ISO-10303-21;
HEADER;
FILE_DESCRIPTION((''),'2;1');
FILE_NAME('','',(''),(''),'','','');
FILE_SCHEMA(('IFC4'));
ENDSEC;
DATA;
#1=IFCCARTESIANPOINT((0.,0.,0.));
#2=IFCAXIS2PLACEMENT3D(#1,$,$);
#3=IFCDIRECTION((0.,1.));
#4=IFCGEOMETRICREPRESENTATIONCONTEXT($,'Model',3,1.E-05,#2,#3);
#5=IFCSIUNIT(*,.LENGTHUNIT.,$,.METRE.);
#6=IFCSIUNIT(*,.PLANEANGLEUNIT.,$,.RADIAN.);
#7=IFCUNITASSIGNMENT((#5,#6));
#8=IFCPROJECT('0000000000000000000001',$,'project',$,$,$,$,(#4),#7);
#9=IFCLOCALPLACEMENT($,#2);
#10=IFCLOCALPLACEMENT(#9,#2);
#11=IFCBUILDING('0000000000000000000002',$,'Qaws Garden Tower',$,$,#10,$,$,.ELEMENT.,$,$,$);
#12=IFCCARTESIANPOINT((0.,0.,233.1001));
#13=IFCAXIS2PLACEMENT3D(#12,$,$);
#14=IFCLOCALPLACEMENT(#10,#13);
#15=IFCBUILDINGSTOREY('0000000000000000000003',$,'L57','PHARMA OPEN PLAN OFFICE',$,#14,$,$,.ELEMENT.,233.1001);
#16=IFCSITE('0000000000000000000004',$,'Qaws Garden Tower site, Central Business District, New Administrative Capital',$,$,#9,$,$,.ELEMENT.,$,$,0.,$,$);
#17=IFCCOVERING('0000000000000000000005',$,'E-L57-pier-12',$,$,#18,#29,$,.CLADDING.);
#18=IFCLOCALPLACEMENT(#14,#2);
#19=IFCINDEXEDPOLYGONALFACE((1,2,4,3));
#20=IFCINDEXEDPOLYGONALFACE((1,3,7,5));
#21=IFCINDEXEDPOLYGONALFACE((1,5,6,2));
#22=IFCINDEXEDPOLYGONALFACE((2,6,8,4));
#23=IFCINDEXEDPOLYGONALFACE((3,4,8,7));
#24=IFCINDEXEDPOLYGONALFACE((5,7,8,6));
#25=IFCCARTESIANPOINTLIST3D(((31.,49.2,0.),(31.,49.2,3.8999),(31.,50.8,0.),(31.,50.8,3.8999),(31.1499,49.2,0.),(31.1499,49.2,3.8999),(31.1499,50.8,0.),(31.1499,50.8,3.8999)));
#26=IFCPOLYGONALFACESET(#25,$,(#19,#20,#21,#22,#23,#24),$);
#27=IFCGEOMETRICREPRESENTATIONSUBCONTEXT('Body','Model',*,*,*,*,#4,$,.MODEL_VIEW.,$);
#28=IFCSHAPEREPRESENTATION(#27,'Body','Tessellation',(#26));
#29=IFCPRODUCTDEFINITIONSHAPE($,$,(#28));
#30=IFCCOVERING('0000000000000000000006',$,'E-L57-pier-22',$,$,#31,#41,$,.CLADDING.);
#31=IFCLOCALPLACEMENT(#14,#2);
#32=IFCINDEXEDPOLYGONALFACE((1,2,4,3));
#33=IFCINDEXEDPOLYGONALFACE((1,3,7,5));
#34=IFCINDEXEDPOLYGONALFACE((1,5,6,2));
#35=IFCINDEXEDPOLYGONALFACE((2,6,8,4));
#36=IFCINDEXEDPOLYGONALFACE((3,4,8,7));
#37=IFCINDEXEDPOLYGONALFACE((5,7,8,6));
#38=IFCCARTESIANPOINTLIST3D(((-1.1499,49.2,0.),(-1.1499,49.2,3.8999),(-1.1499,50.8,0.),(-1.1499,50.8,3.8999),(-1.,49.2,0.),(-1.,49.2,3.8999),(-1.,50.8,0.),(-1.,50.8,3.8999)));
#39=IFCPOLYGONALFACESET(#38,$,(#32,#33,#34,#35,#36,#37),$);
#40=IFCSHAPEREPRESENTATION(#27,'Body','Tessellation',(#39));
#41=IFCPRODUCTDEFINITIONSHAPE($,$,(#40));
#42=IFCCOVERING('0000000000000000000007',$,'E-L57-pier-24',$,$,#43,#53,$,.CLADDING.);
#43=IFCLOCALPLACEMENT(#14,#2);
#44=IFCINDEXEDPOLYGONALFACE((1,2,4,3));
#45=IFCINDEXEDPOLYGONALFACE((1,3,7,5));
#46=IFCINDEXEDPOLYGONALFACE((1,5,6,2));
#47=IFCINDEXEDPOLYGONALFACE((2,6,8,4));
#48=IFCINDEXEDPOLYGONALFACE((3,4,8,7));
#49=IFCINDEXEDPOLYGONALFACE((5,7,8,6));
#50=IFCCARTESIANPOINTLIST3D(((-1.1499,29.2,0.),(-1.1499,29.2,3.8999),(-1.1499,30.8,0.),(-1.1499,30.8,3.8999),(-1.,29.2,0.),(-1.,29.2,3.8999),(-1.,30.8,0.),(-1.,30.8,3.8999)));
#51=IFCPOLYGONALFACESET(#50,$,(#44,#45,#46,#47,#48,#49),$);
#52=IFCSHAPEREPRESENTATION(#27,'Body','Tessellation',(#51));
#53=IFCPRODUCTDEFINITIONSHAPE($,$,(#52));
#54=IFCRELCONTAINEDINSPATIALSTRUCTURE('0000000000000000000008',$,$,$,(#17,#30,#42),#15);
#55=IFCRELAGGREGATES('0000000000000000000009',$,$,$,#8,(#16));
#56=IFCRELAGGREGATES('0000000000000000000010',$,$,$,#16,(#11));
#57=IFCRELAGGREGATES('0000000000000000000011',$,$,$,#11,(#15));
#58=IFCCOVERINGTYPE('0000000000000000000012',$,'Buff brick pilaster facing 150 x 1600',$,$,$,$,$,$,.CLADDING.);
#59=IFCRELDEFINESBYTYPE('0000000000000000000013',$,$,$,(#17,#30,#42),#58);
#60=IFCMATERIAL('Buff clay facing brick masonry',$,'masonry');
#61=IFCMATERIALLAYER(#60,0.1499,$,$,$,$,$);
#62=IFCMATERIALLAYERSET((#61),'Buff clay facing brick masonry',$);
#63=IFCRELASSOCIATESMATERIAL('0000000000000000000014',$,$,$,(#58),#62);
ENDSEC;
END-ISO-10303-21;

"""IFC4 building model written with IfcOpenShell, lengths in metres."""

from ifc_helpers import new_model, si_unit, direction, frame, origin, place, context, subcontext, project, spatial, polyline, outline, extrude, material, layer, layer_set, type_object, element, save


model = new_model("IFC4")

# Units and contexts
model_context = context("Model", 3, precision=1e-05, world=origin(), true_north=direction((0.0, 1.0)))
body_context = subcontext(model_context, "Body", "Model", "MODEL_VIEW")
ifc_project = project(units=[si_unit("LENGTHUNIT", "METRE"), si_unit("PLANEANGLEUNIT", "RADIAN")], contexts=[model_context])

# Site, building, storey
site_placement = place(None, origin())
site = spatial("IfcSite", under=ifc_project, at=site_placement, Name="Qaws Garden Tower site, Central Business District, New Administrative Capital", CompositionType="ELEMENT", RefElevation=0.0)
building_placement = place(site_placement, origin())
building = spatial("IfcBuilding", under=site, at=building_placement, Name="Qaws Garden Tower", CompositionType="ELEMENT")
storey_placement = place(building_placement, frame((0.0, 0.0, 233.1001)))
storey = spatial("IfcBuildingStorey", under=building, at=storey_placement, Name="L57", Description="PHARMA OPEN PLAN OFFICE", CompositionType="ELEMENT", Elevation=233.1001)

# Shared definitions
placement = place(storey_placement, origin())

# Coverings
ifc_material_1 = material(Name="Buff clay facing brick masonry", Category="masonry")
ifc_layer_1 = layer(ifc_material_1, 0.1499)
ifc_layer_set_1 = layer_set([ifc_layer_1], Name="Buff clay facing brick masonry")
covering_type = type_object("IfcCoveringType", Name="Buff brick pilaster facing 150 x 1600", PredefinedType="CLADDING", material=ifc_layer_set_1)
element("IfcCovering", 1, at=placement, inside=storey, type_object=covering_type, Name="E-L57-pier-12", PredefinedType="CLADDING", context=body_context, shape_type="SweptSolid", body=[
    extrude(outline(polyline([(31.0, 49.2), (31.0, 50.8), (31.1499, 50.8), (31.1499, 49.2), (31.0, 49.2)])), origin(), (0.0, 0.0, 1.0), 3.8999),
])
element("IfcCovering", 2, at=placement, inside=storey, type_object=covering_type, Name="E-L57-pier-22", PredefinedType="CLADDING", context=body_context, shape_type="SweptSolid", body=[
    extrude(outline(polyline([(-1.0, 50.8), (-1.0, 49.2), (-1.1499, 49.2), (-1.1499, 50.8), (-1.0, 50.8)])), origin(), (0.0, 0.0, 1.0), 3.8999),
])
element("IfcCovering", 3, at=placement, inside=storey, type_object=covering_type, Name="E-L57-pier-24", PredefinedType="CLADDING", context=body_context, shape_type="SweptSolid", body=[
    extrude(outline(polyline([(-1.0, 30.8), (-1.0, 29.2), (-1.1499, 29.2), (-1.1499, 30.8), (-1.0, 30.8)])), origin(), (0.0, 0.0, 1.0), 3.8999),
])

save(model, "model.ifc")
